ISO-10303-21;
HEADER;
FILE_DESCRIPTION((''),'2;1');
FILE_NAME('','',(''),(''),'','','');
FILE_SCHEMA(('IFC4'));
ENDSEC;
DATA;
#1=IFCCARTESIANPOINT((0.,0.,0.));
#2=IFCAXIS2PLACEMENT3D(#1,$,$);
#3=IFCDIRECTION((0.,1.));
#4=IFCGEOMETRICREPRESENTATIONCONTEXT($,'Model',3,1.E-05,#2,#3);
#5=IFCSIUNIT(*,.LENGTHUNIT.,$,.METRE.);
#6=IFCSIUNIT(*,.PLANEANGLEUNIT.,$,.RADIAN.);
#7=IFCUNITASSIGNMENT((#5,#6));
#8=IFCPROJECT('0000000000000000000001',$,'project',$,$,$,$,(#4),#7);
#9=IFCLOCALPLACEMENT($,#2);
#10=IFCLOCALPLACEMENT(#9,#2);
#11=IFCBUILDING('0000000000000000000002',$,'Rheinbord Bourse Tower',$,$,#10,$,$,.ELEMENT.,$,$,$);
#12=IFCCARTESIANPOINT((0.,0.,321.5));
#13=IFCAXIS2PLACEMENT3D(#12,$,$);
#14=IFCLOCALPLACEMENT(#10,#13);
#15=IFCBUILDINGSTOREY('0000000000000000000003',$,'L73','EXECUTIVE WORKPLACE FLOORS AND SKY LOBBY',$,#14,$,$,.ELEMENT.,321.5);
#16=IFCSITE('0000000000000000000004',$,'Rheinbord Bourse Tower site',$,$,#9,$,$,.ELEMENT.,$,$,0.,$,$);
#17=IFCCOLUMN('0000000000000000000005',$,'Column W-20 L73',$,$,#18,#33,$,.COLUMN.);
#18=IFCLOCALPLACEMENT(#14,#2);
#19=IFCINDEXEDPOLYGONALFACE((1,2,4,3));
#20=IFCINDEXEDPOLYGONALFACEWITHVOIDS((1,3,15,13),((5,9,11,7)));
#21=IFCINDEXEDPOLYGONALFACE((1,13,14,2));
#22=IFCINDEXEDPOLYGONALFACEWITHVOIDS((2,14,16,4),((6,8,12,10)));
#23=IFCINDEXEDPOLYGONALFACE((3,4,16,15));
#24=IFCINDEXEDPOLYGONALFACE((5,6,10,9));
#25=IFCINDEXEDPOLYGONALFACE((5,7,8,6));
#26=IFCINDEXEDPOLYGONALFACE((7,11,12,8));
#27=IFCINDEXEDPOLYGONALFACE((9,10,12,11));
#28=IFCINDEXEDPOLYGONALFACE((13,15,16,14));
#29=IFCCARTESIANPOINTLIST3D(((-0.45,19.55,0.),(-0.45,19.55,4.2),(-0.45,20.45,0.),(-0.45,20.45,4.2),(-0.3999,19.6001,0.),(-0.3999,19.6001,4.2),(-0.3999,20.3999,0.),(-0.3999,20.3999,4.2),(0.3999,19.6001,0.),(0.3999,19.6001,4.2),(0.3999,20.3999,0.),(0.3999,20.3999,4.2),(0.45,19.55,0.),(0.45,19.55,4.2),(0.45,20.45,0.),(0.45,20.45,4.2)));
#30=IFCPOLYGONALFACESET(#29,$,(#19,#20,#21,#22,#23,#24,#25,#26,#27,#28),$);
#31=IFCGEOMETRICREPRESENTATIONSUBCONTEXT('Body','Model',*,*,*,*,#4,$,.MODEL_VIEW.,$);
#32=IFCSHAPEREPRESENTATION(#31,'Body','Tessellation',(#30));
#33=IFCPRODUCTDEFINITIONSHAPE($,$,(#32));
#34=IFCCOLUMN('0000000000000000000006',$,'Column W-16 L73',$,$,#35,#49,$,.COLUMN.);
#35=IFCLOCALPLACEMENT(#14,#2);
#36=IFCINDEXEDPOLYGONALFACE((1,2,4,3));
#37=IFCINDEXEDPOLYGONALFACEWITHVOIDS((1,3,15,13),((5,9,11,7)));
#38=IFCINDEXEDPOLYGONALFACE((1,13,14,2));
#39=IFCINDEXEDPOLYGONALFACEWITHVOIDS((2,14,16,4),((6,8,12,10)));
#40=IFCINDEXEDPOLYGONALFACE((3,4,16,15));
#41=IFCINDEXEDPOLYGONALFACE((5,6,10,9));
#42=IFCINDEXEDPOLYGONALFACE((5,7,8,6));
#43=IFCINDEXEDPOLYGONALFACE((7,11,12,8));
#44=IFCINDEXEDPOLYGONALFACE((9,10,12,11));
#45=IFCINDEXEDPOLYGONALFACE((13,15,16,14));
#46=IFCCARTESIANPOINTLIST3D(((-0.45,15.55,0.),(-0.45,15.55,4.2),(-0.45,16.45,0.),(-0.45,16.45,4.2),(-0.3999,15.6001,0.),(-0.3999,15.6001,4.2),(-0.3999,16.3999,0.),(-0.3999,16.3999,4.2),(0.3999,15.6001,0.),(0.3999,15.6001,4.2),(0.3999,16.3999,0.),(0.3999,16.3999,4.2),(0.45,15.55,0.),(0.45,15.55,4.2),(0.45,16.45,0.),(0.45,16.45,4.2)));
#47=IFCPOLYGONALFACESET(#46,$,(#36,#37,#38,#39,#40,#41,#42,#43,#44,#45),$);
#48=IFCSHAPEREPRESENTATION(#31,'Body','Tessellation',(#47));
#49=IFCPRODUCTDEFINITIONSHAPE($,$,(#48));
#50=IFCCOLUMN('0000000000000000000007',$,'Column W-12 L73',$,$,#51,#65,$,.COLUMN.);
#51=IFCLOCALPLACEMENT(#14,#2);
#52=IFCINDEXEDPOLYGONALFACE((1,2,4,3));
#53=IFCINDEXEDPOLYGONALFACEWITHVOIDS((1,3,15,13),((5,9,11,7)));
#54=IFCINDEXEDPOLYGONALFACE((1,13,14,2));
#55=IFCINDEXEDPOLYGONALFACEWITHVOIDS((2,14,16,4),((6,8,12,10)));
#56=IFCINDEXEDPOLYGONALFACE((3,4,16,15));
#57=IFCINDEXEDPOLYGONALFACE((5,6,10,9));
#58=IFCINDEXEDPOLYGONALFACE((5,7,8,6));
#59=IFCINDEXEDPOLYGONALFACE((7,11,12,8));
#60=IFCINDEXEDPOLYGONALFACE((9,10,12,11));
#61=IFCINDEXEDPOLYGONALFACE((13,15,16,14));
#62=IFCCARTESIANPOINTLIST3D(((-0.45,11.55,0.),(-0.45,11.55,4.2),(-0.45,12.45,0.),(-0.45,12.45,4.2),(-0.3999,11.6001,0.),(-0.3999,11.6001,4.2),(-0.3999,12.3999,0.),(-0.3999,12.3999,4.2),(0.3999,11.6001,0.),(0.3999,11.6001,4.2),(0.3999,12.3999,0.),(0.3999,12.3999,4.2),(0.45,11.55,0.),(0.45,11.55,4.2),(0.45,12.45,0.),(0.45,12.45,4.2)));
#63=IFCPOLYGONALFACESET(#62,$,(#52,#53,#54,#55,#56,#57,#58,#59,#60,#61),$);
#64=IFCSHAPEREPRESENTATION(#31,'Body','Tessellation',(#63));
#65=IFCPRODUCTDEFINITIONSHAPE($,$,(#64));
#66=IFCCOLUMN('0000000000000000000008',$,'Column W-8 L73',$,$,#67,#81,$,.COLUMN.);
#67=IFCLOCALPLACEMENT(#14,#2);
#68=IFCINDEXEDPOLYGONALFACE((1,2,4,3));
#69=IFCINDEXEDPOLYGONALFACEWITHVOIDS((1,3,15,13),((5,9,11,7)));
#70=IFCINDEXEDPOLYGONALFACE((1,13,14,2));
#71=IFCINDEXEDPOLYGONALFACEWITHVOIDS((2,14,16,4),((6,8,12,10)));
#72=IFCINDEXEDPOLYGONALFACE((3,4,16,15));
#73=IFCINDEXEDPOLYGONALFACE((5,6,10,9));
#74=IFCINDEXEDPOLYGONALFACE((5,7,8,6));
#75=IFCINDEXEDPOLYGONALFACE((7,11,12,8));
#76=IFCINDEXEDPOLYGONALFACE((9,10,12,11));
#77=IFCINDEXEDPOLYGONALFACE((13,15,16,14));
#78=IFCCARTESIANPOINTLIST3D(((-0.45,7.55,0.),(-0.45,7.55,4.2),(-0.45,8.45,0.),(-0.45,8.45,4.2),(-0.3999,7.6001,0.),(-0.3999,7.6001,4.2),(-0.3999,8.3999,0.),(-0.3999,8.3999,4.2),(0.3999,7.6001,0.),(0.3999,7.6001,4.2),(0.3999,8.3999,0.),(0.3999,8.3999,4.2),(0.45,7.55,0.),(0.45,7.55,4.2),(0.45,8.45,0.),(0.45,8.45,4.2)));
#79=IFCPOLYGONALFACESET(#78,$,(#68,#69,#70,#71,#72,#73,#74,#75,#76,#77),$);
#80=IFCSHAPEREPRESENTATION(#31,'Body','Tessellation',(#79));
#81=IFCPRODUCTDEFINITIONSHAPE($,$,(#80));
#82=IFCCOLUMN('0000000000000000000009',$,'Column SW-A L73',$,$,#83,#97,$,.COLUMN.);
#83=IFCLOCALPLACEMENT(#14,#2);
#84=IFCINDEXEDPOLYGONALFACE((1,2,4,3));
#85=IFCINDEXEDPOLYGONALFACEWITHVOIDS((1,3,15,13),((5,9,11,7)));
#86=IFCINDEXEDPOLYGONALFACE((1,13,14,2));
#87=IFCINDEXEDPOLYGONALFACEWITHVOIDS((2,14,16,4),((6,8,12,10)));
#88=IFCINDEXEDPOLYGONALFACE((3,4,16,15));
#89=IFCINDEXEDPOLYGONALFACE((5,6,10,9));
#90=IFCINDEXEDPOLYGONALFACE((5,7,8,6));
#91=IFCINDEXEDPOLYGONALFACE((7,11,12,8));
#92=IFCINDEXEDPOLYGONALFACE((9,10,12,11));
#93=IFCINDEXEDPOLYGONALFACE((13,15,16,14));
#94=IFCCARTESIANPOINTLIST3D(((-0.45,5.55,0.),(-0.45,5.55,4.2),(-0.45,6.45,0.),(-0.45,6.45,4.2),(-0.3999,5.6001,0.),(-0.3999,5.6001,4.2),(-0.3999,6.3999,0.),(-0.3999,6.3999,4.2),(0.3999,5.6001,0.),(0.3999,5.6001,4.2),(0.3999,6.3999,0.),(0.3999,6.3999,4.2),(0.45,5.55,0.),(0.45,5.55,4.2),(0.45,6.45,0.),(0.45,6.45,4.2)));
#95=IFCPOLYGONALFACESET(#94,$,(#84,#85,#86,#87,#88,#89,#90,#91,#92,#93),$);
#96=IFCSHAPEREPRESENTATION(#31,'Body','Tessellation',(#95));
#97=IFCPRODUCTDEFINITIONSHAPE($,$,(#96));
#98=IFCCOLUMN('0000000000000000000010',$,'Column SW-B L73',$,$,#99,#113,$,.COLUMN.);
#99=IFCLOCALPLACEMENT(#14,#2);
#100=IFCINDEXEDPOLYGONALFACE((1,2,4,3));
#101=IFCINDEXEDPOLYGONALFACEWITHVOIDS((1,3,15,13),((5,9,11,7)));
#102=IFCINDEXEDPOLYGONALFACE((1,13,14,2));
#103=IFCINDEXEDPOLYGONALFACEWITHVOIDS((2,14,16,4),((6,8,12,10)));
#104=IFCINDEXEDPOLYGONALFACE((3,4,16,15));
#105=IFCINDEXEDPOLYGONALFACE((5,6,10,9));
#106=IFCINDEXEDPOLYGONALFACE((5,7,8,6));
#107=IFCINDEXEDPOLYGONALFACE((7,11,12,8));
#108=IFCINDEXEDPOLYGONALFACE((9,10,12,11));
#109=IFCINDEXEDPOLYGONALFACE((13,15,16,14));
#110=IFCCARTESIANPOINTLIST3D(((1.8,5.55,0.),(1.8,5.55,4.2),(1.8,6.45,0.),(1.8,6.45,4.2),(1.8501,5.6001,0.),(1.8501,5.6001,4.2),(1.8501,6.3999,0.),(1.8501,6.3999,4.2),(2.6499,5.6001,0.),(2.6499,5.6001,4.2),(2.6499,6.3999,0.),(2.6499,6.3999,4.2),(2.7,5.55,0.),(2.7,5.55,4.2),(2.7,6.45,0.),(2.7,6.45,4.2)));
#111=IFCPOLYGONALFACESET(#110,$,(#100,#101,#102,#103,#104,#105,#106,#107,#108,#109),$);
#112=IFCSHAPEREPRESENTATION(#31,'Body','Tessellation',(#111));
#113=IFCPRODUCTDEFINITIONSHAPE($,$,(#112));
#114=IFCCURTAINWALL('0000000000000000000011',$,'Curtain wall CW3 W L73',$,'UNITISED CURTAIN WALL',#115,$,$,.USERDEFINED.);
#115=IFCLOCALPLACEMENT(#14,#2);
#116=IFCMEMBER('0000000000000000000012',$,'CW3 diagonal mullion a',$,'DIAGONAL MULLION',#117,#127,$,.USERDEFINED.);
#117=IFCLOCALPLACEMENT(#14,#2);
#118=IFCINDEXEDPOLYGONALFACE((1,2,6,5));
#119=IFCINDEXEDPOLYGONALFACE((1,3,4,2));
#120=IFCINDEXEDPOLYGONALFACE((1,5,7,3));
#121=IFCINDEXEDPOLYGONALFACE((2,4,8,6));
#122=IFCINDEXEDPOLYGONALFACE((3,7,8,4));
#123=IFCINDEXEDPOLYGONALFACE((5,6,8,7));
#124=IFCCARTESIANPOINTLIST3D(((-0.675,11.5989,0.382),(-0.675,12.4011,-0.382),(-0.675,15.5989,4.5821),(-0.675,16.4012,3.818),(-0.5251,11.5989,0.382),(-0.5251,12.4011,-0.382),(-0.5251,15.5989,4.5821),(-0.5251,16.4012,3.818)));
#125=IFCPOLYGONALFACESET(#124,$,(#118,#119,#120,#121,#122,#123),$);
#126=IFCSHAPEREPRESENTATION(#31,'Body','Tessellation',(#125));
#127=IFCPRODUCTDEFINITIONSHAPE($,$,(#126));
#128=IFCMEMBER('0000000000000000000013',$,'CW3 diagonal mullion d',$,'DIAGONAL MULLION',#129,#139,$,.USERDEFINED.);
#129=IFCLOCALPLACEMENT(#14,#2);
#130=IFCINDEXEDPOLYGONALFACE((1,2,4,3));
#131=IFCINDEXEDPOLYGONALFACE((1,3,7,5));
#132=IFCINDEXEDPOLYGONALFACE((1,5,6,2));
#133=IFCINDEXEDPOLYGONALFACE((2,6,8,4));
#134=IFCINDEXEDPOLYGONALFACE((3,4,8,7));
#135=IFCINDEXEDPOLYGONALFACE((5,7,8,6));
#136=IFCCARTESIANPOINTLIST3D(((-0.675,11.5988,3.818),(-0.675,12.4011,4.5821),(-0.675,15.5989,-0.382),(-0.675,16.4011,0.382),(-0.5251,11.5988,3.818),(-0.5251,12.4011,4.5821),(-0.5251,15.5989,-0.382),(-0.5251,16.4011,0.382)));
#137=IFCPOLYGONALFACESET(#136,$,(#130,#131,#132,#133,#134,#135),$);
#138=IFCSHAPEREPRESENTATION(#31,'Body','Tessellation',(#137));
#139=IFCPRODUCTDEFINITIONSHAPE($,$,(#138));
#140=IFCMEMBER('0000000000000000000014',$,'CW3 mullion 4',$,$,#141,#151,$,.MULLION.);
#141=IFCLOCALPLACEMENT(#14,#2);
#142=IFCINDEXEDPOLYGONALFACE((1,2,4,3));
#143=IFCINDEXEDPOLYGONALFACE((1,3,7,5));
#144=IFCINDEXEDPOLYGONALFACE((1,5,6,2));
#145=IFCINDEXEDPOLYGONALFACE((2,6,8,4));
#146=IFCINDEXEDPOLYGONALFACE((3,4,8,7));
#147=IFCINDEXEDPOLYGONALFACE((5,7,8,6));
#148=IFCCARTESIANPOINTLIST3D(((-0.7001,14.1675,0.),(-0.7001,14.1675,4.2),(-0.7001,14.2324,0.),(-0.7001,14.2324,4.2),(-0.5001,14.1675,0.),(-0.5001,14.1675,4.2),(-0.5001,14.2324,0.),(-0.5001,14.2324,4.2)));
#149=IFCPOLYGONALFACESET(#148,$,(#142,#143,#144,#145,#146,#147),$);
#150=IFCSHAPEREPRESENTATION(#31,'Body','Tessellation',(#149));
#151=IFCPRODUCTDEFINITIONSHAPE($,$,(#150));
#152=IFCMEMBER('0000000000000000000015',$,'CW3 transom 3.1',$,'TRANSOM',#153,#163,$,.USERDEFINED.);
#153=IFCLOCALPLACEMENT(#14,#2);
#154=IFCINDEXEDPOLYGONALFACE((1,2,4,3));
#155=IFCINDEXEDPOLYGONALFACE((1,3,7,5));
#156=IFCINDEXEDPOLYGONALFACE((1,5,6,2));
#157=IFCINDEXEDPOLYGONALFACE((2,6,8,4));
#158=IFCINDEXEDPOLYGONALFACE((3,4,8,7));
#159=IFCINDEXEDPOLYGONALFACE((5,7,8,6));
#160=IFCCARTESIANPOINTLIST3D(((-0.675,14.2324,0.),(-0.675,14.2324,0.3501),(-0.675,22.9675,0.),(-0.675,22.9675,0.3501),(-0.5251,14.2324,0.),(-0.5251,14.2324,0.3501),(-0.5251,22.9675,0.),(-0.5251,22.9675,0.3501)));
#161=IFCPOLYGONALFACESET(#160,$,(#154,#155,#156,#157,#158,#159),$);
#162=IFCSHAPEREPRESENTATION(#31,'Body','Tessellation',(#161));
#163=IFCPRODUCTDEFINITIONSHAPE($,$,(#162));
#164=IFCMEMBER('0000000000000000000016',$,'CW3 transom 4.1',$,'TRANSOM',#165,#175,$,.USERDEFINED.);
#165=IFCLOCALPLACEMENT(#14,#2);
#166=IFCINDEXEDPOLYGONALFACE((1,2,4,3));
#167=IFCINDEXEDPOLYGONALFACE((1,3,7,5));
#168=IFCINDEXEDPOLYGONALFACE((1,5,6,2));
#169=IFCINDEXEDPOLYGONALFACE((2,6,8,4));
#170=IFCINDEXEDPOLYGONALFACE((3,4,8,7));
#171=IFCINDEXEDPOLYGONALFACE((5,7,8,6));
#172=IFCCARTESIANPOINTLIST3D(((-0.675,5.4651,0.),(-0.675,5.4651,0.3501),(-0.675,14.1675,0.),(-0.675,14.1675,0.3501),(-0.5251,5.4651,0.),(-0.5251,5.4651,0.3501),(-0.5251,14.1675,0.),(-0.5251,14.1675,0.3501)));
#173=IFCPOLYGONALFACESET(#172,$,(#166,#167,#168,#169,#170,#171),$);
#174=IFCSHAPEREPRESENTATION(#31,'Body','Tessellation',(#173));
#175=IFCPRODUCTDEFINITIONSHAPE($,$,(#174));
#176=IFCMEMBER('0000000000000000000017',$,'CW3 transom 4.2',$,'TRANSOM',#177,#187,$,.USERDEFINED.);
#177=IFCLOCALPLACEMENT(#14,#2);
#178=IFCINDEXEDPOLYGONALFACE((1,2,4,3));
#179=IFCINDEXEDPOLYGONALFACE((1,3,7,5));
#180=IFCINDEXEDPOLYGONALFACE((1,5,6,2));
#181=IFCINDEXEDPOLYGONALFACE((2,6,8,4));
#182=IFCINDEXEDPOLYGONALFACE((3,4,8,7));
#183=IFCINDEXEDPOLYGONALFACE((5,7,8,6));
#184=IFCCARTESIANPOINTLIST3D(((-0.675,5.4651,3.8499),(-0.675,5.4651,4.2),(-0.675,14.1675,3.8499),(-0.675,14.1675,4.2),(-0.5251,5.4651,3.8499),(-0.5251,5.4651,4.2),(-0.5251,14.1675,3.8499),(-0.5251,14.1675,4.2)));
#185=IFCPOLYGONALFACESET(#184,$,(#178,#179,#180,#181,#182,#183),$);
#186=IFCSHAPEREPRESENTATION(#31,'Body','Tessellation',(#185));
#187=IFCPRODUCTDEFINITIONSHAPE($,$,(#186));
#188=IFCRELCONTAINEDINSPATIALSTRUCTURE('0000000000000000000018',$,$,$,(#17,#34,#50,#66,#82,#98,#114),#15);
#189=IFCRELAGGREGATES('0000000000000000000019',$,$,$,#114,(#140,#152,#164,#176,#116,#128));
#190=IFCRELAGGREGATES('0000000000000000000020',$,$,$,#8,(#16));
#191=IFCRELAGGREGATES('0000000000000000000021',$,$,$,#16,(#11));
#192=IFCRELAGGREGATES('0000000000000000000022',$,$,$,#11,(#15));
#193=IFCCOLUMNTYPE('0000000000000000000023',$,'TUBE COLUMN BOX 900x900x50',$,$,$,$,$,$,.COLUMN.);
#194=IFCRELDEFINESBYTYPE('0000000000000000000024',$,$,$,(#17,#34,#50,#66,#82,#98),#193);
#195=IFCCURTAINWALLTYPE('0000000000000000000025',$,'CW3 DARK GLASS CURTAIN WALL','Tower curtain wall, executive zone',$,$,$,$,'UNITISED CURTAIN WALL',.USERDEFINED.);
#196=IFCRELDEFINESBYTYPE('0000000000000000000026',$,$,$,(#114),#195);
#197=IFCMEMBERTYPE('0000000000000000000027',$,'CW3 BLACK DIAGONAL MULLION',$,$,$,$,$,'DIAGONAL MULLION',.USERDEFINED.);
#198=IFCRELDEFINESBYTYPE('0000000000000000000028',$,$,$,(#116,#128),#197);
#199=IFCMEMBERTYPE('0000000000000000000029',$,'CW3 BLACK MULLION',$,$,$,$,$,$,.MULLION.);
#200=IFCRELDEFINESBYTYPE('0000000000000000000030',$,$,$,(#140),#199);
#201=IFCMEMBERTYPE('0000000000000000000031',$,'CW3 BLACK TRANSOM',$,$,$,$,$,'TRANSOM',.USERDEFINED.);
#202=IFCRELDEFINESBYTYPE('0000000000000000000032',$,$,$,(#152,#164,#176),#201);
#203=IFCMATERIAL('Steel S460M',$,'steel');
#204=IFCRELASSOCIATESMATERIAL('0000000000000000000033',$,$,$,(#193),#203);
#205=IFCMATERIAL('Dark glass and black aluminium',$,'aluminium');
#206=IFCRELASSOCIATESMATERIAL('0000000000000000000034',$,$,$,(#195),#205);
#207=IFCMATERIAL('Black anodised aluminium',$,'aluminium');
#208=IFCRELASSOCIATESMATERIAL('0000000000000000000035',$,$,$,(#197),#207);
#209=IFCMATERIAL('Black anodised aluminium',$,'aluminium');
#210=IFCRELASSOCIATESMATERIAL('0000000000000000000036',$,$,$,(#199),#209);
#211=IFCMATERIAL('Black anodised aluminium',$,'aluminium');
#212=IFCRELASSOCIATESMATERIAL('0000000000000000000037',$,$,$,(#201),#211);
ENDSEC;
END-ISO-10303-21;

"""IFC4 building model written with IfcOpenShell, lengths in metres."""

from ifc_helpers import new_model, si_unit, direction, frame, origin, origin_2d, place, context, subcontext, project, spatial, rectangle, hollow_rectangle, extrude, material, material_profile, profile_set, type_object, element, aggregate, save


model = new_model("IFC4")

# Units and contexts
model_context = context("Model", 3, precision=1e-05, world=origin(), true_north=direction((0.0, 1.0)))
body_context = subcontext(model_context, "Body", "Model", "MODEL_VIEW")
ifc_project = project(units=[si_unit("LENGTHUNIT", "METRE"), si_unit("PLANEANGLEUNIT", "RADIAN")], contexts=[model_context])

# Site, building, storey
site_placement = place(None, origin())
site = spatial("IfcSite", under=ifc_project, at=site_placement, Name="Rheinbord Bourse Tower site", CompositionType="ELEMENT", RefElevation=0.0)
building_placement = place(site_placement, origin())
building = spatial("IfcBuilding", under=site, at=building_placement, Name="Rheinbord Bourse Tower", CompositionType="ELEMENT")
storey_placement = place(building_placement, frame((0.0, 0.0, 321.5)))
storey = spatial("IfcBuildingStorey", under=building, at=storey_placement, Name="L73", Description="EXECUTIVE WORKPLACE FLOORS AND SKY LOBBY", CompositionType="ELEMENT", Elevation=321.5)

# Columns
ifc_material_1 = material(Name="Steel S460M", Category="steel")
ifc_material_profile_1 = material_profile(ifc_material_1, hollow_rectangle(XDim=0.8999, YDim=0.8999, WallThickness=0.05, at=origin_2d()), Name="BOX 900x900x50")
ifc_profile_set_1 = profile_set([ifc_material_profile_1], Name="Steel S460M")
column_type = type_object("IfcColumnType", Name="TUBE COLUMN BOX 900x900x50", PredefinedType="COLUMN", material=ifc_profile_set_1)
for number, where, z_axis, x_axis, name in (
    (1, (0.0, 20.0, 0.0), (0.0, 0.0, 1.0), (1.0, 0.0, 0.0), "Column W-20 L73"),
    (2, (0.0, 16.0, 0.0), (0.0, 0.0, 1.0), (1.0, 0.0, 0.0), "Column W-16 L73"),
    (3, (0.0, 12.0, 0.0), (0.0, 0.0, 1.0), (1.0, 0.0, 0.0), "Column W-12 L73"),
    (4, (0.0, 8.0, 0.0), (0.0, 0.0, 1.0), (1.0, 0.0, 0.0), "Column W-8 L73"),
    (5, (0.0, 6.0, 0.0), (0.0, 0.0, 1.0), (1.0, 0.0, 0.0), "Column SW-A L73"),
    (6, (2.25, 6.0, 0.0), (0.0, 0.0, 1.0), (1.0, 0.0, 0.0), "Column SW-B L73"),
):
    element("IfcColumn", number, at=place(storey_placement, frame(where, z_axis=z_axis, x_axis=x_axis)), inside=storey, type_object=column_type, Name=name, PredefinedType="COLUMN", context=body_context, shape_type="SweptSolid", body=[
        extrude(hollow_rectangle(XDim=0.8999, YDim=0.8999, WallThickness=0.05, at=origin_2d()), origin(), (0.0, 0.0, 1.0), 4.2),
    ])

# Curtain wall, members
ifc_material_2 = material(Name="Dark glass and black aluminium", Category="aluminium")
curtain_wall_type = type_object("IfcCurtainWallType", Name="CW3 DARK GLASS CURTAIN WALL", Description="Tower curtain wall, executive zone", ElementType="UNITISED CURTAIN WALL", PredefinedType="USERDEFINED", material=ifc_material_2)
curtain_wall_placement = place(storey_placement, origin())
curtain_wall = element("IfcCurtainWall", 7, at=curtain_wall_placement, inside=storey, type_object=curtain_wall_type, Name="Curtain wall CW3 W L73", ObjectType="UNITISED CURTAIN WALL", PredefinedType="USERDEFINED")
ifc_material_3 = material(Name="Black anodised aluminium", Category="aluminium")
ifc_material_profile_2 = material_profile(ifc_material_3, rectangle(XDim=0.1499, YDim=1.1079, at=origin_2d()), Name="CW3 DIAGONAL MULLION 1108x150")
ifc_profile_set_2 = profile_set([ifc_material_profile_2], Name="Black anodised aluminium")
member_type_1 = type_object("IfcMemberType", Name="CW3 BLACK DIAGONAL MULLION", ElementType="DIAGONAL MULLION", PredefinedType="USERDEFINED", material=ifc_profile_set_2)
member_1_placement = place(storey_placement, frame((-0.6001, 12.0, 0.0), z_axis=(0.0, 0.689659, 0.724134), x_axis=(-1.0, 0.0, 0.0)))
member_1 = element("IfcMember", 8, at=member_1_placement, type_object=member_type_1, Name="CW3 diagonal mullion a", ObjectType="DIAGONAL MULLION", PredefinedType="USERDEFINED", context=body_context, shape_type="SweptSolid", body=[
    extrude(rectangle(XDim=0.1499, YDim=1.1079, at=origin_2d()), origin(), (0.0, 0.0, 1.0), 5.8),
])
member_2_placement = place(storey_placement, frame((-0.6001, 16.0, 0.0), z_axis=(0.0, -0.689659, 0.724134), x_axis=(1.0, 0.0, 0.0)))
member_2 = element("IfcMember", 9, at=member_2_placement, type_object=member_type_1, Name="CW3 diagonal mullion d", ObjectType="DIAGONAL MULLION", PredefinedType="USERDEFINED", context=body_context, shape_type="SweptSolid", body=[
    extrude(rectangle(XDim=0.1499, YDim=1.1079, at=origin_2d()), origin(), (0.0, 0.0, 1.0), 5.8),
])
ifc_material_4 = material(Name="Black anodised aluminium", Category="aluminium")
ifc_material_profile_3 = material_profile(ifc_material_4, rectangle(XDim=0.2, YDim=0.0649, at=origin_2d()), Name="CW3 MULLION 65x200")
ifc_profile_set_3 = profile_set([ifc_material_profile_3], Name="Black anodised aluminium")
member_type_2 = type_object("IfcMemberType", Name="CW3 BLACK MULLION", PredefinedType="MULLION", material=ifc_profile_set_3)
member_3_placement = place(storey_placement, frame((-0.6001, 14.2, 0.0), z_axis=(0.0, 0.0, 1.0), x_axis=(1.0, 0.0, 0.0)))
member_3 = element("IfcMember", 10, at=member_3_placement, type_object=member_type_2, Name="CW3 mullion 4", PredefinedType="MULLION", context=body_context, shape_type="SweptSolid", body=[
    extrude(rectangle(XDim=0.2, YDim=0.0649, at=origin_2d()), origin(), (0.0, 0.0, 1.0), 4.2),
])
ifc_material_5 = material(Name="Black anodised aluminium", Category="aluminium")
ifc_material_profile_4 = material_profile(ifc_material_5, rectangle(XDim=0.1499, YDim=0.3501, at=origin_2d()), Name="CW3 TRANSOM 350x150")
ifc_profile_set_4 = profile_set([ifc_material_profile_4], Name="Black anodised aluminium")
member_type_3 = type_object("IfcMemberType", Name="CW3 BLACK TRANSOM", ElementType="TRANSOM", PredefinedType="USERDEFINED", material=ifc_profile_set_4)
member_4_placement = place(storey_placement, frame((-0.6001, 22.9675, 0.175), z_axis=(0.0, -1.0, 0.0), x_axis=(1.0, 0.0, 0.0)))
member_4 = element("IfcMember", 11, at=member_4_placement, type_object=member_type_3, Name="CW3 transom 3.1", ObjectType="TRANSOM", PredefinedType="USERDEFINED", context=body_context, shape_type="SweptSolid", body=[
    extrude(rectangle(XDim=0.1499, YDim=0.3501, at=origin_2d()), origin(), (0.0, 0.0, 1.0), 8.7351),
])
member_5_placement = place(storey_placement, frame((-0.6001, 14.1675, 0.175), z_axis=(0.0, -1.0, 0.0), x_axis=(1.0, 0.0, 0.0)))
member_5 = element("IfcMember", 12, at=member_5_placement, type_object=member_type_3, Name="CW3 transom 4.1", ObjectType="TRANSOM", PredefinedType="USERDEFINED", context=body_context, shape_type="SweptSolid", body=[
    extrude(rectangle(XDim=0.1499, YDim=0.3501, at=origin_2d()), origin(), (0.0, 0.0, 1.0), 8.7024),
])
member_6_placement = place(storey_placement, frame((-0.6001, 14.1675, 4.0249), z_axis=(0.0, -1.0, 0.0), x_axis=(1.0, 0.0, 0.0)))
member_6 = element("IfcMember", 13, at=member_6_placement, type_object=member_type_3, Name="CW3 transom 4.2", ObjectType="TRANSOM", PredefinedType="USERDEFINED", context=body_context, shape_type="SweptSolid", body=[
    extrude(rectangle(XDim=0.1499, YDim=0.3501, at=origin_2d()), origin(), (0.0, 0.0, 1.0), 8.7024),
])

aggregate(curtain_wall, [member_3, member_4, member_5, member_6, member_1, member_2])

save(model, "model.ifc")
